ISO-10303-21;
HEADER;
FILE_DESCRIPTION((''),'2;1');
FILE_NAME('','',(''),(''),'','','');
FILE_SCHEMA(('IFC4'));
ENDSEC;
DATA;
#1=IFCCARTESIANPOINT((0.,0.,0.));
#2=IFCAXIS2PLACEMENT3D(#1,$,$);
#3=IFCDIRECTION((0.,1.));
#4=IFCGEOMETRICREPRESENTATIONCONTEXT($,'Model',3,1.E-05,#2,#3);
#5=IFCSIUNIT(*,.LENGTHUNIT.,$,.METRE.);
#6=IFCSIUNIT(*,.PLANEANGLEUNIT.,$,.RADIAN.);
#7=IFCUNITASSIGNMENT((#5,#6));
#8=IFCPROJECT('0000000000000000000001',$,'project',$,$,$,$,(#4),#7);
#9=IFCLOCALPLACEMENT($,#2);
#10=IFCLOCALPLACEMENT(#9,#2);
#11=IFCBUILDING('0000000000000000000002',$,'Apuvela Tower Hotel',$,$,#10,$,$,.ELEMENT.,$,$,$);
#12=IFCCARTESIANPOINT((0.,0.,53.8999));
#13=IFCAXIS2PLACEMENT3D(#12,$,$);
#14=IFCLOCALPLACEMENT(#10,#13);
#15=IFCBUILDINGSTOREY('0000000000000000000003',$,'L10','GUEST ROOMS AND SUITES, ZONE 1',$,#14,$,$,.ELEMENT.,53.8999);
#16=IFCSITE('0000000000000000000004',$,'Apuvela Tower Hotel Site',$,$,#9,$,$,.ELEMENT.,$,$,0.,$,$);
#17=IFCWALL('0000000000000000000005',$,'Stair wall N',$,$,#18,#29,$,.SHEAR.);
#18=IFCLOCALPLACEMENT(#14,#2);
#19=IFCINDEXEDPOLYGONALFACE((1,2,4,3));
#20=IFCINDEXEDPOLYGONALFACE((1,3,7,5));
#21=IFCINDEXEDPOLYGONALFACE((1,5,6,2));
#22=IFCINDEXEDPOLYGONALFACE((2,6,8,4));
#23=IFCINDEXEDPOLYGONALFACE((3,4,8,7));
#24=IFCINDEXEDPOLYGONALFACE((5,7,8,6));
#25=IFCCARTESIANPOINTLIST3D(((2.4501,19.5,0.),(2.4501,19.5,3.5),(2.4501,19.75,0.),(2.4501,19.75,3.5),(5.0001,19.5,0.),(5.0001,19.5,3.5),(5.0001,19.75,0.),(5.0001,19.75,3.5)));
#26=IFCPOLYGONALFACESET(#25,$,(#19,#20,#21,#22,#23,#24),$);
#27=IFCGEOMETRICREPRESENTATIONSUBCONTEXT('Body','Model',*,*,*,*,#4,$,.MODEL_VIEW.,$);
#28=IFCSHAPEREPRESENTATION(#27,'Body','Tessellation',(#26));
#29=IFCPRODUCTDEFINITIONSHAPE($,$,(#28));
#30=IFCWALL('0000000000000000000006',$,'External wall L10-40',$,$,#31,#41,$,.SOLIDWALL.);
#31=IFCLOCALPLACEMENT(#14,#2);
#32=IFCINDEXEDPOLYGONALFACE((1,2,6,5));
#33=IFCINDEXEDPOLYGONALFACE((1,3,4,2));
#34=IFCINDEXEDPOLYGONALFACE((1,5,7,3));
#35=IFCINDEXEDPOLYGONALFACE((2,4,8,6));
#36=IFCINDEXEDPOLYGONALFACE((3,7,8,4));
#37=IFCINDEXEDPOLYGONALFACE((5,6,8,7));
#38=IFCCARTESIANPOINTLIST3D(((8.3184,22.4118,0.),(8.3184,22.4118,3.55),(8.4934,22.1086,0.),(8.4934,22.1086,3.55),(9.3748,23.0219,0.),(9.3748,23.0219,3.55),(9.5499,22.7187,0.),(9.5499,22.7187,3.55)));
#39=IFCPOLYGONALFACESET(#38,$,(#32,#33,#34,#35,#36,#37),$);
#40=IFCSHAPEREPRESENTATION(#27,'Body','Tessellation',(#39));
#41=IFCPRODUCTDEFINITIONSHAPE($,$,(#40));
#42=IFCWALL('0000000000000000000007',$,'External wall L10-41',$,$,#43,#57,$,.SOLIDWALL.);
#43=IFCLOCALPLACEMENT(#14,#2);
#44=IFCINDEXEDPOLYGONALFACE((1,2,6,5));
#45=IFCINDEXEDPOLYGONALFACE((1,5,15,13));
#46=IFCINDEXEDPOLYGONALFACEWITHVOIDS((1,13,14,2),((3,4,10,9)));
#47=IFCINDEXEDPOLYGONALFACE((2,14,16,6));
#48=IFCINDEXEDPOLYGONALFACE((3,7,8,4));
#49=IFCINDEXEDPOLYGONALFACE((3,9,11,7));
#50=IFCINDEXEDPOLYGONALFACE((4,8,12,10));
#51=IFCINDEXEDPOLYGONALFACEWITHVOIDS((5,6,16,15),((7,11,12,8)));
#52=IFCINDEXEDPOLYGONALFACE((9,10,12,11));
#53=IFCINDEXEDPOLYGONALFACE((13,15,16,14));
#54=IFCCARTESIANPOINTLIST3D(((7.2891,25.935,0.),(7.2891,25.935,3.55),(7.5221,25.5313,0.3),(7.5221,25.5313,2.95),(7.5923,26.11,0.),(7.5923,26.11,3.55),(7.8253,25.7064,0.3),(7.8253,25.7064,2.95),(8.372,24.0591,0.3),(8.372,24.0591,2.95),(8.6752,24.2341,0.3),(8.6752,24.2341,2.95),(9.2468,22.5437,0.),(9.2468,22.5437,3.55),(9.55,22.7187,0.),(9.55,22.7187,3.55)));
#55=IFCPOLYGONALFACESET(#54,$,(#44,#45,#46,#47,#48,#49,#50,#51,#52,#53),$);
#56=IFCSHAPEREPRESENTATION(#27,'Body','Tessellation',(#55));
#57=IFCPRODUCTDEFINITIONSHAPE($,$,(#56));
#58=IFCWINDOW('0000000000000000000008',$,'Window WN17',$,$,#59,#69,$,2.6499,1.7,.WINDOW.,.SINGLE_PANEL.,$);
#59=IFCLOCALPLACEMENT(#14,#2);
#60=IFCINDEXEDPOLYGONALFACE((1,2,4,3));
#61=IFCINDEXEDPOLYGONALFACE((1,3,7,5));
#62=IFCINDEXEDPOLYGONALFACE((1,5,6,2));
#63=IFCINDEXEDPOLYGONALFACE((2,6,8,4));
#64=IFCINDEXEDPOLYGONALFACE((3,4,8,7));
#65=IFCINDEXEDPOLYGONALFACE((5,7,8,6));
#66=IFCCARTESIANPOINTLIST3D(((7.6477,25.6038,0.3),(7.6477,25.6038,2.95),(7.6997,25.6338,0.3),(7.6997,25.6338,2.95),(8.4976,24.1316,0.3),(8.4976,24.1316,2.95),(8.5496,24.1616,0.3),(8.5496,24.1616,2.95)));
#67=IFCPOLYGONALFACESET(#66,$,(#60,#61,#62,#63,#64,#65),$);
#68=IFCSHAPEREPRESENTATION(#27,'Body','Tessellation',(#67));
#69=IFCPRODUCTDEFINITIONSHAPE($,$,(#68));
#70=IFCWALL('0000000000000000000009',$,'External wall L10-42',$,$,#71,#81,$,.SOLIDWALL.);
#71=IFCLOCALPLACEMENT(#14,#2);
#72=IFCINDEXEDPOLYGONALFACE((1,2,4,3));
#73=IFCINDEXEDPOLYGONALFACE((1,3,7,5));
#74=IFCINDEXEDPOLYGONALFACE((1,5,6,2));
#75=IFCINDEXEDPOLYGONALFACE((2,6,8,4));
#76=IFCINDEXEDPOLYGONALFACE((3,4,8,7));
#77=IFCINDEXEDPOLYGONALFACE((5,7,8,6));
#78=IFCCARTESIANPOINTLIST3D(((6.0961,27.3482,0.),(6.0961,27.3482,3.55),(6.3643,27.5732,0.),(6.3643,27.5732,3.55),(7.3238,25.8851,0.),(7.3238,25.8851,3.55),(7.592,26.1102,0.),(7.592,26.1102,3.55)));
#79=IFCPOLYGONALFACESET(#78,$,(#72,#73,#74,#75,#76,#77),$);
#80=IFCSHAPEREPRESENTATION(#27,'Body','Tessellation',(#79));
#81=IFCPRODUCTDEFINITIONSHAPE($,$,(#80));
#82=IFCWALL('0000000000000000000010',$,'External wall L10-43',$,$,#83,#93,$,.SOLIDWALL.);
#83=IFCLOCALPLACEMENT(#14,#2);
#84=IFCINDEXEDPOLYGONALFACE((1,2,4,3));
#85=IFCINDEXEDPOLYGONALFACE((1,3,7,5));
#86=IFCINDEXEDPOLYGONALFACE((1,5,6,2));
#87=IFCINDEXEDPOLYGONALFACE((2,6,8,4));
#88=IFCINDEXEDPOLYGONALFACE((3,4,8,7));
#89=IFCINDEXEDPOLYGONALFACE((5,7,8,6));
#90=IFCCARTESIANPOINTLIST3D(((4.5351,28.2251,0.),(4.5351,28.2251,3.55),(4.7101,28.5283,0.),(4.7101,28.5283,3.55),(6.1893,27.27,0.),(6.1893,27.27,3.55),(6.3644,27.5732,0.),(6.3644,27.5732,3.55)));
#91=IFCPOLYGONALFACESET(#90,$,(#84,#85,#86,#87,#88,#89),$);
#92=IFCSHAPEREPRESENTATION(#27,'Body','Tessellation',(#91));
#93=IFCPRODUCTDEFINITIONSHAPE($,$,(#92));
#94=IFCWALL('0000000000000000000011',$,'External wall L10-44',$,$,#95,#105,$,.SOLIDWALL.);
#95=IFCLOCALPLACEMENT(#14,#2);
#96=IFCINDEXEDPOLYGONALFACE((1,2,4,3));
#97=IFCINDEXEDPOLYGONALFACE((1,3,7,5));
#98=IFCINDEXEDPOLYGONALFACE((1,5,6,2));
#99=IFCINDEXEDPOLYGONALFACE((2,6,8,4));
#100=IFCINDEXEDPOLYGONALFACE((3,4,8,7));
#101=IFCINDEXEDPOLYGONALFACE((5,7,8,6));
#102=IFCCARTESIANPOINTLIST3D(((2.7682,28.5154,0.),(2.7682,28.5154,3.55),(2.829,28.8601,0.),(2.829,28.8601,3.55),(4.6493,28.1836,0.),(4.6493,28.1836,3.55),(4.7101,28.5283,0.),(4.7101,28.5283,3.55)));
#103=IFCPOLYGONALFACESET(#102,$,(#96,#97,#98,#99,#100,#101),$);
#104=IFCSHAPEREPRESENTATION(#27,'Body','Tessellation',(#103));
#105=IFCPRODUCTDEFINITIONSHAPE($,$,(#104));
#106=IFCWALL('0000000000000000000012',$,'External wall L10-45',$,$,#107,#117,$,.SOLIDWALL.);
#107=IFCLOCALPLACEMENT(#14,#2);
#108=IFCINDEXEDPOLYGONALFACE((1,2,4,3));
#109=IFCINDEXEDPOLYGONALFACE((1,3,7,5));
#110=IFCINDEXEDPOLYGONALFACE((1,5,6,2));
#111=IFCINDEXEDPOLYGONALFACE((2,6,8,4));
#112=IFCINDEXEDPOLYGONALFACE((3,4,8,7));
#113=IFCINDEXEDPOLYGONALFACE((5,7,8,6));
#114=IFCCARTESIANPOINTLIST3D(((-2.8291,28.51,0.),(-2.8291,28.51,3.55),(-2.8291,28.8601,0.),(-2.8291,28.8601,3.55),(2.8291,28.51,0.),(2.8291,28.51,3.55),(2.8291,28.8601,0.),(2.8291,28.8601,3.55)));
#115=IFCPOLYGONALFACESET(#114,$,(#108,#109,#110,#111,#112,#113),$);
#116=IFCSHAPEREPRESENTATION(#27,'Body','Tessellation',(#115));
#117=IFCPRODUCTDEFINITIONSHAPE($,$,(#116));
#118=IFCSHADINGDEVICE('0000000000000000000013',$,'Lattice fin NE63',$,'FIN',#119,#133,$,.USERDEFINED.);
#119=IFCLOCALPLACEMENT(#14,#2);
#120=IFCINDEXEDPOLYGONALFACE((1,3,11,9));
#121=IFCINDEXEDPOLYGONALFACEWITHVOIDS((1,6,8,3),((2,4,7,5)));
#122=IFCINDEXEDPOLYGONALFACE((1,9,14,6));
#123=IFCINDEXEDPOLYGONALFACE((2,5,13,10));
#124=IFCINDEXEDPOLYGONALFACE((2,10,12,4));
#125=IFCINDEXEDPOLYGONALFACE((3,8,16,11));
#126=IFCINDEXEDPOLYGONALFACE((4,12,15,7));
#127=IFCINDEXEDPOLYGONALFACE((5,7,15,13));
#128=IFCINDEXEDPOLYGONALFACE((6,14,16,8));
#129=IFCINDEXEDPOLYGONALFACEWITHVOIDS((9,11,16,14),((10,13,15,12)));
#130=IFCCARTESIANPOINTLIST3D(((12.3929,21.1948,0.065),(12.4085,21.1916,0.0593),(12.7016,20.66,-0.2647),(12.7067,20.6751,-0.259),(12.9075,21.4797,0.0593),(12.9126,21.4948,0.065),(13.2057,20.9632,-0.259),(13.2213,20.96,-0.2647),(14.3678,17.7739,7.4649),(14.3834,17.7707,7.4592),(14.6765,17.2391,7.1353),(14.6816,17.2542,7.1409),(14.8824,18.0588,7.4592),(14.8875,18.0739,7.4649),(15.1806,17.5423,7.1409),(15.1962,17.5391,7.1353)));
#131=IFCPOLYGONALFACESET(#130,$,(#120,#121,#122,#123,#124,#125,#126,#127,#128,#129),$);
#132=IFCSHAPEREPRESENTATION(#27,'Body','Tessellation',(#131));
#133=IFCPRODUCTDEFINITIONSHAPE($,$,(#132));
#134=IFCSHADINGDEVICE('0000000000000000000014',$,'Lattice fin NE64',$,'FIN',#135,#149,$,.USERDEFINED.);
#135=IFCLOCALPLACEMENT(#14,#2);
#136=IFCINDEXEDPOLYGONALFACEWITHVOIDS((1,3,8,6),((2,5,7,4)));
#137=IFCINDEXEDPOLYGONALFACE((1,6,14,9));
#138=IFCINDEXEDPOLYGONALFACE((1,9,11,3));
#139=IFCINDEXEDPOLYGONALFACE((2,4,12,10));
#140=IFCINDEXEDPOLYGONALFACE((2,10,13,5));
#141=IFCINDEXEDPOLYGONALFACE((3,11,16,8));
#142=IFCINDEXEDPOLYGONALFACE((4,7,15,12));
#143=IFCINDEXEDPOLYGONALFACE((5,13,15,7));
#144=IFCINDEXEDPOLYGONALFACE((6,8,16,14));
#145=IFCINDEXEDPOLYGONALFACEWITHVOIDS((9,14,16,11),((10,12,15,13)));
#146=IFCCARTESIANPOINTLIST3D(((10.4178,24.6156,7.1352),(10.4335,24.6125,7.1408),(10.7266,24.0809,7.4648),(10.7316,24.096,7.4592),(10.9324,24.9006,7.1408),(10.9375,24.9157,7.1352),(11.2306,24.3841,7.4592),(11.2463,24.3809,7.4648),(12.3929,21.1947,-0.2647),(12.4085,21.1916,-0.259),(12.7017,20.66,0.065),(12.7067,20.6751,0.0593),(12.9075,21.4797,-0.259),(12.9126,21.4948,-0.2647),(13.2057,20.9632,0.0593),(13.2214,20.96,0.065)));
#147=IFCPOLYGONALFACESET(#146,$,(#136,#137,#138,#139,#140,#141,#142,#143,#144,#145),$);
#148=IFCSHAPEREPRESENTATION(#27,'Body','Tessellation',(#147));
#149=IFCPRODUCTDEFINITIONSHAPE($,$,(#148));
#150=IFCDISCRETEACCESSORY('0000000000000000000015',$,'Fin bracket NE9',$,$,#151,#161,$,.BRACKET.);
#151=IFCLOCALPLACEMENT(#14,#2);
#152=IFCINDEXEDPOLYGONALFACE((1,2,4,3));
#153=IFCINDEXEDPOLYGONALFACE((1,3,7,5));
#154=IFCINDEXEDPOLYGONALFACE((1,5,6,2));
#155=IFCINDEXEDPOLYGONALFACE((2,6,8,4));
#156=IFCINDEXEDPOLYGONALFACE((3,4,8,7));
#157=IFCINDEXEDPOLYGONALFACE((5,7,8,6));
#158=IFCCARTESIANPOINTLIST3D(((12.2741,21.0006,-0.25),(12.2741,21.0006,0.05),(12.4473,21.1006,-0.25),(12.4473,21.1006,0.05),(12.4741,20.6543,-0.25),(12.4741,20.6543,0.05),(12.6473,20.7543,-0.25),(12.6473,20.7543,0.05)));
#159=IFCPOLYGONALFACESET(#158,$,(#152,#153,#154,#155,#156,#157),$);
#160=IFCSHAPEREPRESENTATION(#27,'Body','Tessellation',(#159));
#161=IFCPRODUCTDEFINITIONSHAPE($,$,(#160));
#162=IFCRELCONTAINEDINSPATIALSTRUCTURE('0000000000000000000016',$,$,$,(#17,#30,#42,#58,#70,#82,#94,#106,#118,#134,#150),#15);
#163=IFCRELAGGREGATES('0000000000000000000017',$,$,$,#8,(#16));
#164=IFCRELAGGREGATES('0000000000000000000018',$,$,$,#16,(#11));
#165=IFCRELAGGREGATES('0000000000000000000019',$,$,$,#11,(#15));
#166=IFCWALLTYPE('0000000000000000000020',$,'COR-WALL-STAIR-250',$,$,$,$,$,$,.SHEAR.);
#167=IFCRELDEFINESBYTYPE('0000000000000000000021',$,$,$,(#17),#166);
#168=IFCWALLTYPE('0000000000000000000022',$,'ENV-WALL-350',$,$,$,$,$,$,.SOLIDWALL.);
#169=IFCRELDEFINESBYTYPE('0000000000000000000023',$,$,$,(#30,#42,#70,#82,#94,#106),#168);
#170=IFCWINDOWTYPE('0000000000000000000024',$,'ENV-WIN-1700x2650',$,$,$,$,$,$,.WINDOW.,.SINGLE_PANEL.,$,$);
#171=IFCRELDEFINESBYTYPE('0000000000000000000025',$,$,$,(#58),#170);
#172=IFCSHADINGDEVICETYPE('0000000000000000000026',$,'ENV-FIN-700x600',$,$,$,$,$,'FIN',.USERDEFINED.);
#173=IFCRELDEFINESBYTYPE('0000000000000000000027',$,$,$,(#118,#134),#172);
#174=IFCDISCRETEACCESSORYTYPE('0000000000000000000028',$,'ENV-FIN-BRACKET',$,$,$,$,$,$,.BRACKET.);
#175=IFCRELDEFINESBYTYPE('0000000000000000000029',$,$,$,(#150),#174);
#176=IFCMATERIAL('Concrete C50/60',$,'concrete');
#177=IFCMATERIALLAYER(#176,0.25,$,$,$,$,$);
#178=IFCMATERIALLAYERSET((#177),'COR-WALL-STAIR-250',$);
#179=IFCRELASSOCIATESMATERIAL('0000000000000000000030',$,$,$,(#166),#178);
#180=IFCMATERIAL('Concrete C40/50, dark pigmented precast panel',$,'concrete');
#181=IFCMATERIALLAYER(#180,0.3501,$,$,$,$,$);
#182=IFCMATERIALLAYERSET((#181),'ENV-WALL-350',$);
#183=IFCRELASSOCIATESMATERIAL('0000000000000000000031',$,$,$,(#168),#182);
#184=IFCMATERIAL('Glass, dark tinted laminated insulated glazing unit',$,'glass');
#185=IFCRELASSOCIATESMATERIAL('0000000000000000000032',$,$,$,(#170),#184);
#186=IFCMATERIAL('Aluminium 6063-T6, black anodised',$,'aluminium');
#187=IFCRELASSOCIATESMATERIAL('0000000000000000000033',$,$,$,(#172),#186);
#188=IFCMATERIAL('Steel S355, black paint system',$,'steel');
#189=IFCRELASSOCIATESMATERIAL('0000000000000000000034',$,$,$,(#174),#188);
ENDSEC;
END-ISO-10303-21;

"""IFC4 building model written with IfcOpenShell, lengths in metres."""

from ifc_helpers import new_model, si_unit, direction, frame, frame_2d, origin, origin_2d, place, context, subcontext, project, spatial, rectangle, hollow_rectangle, extrude, material, layer, layer_set, material_profile, profile_set, type_object, element, fill, save


model = new_model("IFC4")

# Units and contexts
model_context = context("Model", 3, precision=1e-05, world=origin(), true_north=direction((0.0, 1.0)))
body_context = subcontext(model_context, "Body", "Model", "MODEL_VIEW")
ifc_project = project(units=[si_unit("LENGTHUNIT", "METRE"), si_unit("PLANEANGLEUNIT", "RADIAN")], contexts=[model_context])

# Site, building, storey
site_placement = place(None, origin())
site = spatial("IfcSite", under=ifc_project, at=site_placement, Name="Apuvela Tower Hotel Site", CompositionType="ELEMENT", RefElevation=0.0)
building_placement = place(site_placement, origin())
building = spatial("IfcBuilding", under=site, at=building_placement, Name="Apuvela Tower Hotel", CompositionType="ELEMENT")
storey_placement = place(building_placement, frame((0.0, 0.0, 53.8999)))
storey = spatial("IfcBuildingStorey", under=building, at=storey_placement, Name="L10", Description="GUEST ROOMS AND SUITES, ZONE 1", CompositionType="ELEMENT", Elevation=53.8999)

# Walls
ifc_material_1 = material(Name="Concrete C50/60", Category="concrete")
ifc_layer_1 = layer(ifc_material_1, 0.25)
ifc_layer_set_1 = layer_set([ifc_layer_1], Name="COR-WALL-STAIR-250")
wall_type_1 = type_object("IfcWallType", Name="COR-WALL-STAIR-250", PredefinedType="SHEAR", material=ifc_layer_set_1)
wall_1_placement = place(storey_placement, frame((5.0, 19.625, 0.0), z_axis=(0.0, 0.0, 1.0), x_axis=(-1.0, 0.0, 0.0)))
element("IfcWall", 1, at=wall_1_placement, inside=storey, type_object=wall_type_1, Name="Stair wall N", PredefinedType="SHEAR", context=body_context, shape_type="SweptSolid", body=[
    extrude(rectangle(XDim=2.55, YDim=0.25, at=frame_2d((1.2749, 0.0))), origin(), (0.0, 0.0, 1.0), 3.5),
])
ifc_material_2 = material(Name="Concrete C40/50, dark pigmented precast panel", Category="concrete")
ifc_layer_2 = layer(ifc_material_2, 0.3501)
ifc_layer_set_2 = layer_set([ifc_layer_2], Name="ENV-WALL-350")
wall_type_2 = type_object("IfcWallType", Name="ENV-WALL-350", PredefinedType="SOLIDWALL", material=ifc_layer_set_2)
wall_2_placement = place(storey_placement, frame((8.406, 22.2603, 0.0), z_axis=(0.0, 0.0, 1.0), x_axis=(0.865956, 0.500121, 0.0)))
element("IfcWall", 2, at=wall_2_placement, inside=storey, type_object=wall_type_2, Name="External wall L10-40", PredefinedType="SOLIDWALL", context=body_context, shape_type="SweptSolid", body=[
    extrude(rectangle(XDim=1.22, YDim=0.3501, at=frame_2d((0.6099, 0.0))), origin(), (0.0, 0.0, 1.0), 3.55),
])

# Wall, opening, window
wall_3_placement = place(storey_placement, frame((9.3984, 22.6311, 0.0), z_axis=(0.0, 0.0, 1.0), x_axis=(-0.499955, 0.866052, 0.0)))
wall_3 = element("IfcWall", 3, at=wall_3_placement, inside=storey, type_object=wall_type_2, Name="External wall L10-41", PredefinedType="SOLIDWALL", context=body_context, shape_type="SweptSolid", body=[
    extrude(rectangle(XDim=3.9158, YDim=0.3501, at=frame_2d((1.958, 0.0))), origin(), (0.0, 0.0, 1.0), 3.55),
])
opening_placement = place(wall_3_placement, frame((1.7498, 0.0, 0.3)))
opening = element("IfcOpeningElement", 4, at=opening_placement, cuts=wall_3, PredefinedType="OPENING", context=body_context, shape_type="SweptSolid", body=[
    extrude(rectangle(XDim=1.7, YDim=2.6499, at=frame_2d((0.8501, 1.325))), frame((0.0, 0.1851, 0.0), z_axis=(0.0, -1.0, 0.0), x_axis=(1.0, 0.0, 0.0)), (0.0, 0.0, 1.0), 0.3701),
])
ifc_material_3 = material(Name="Glass, dark tinted laminated insulated glazing unit", Category="glass")
window_type = type_object("IfcWindowType", Name="ENV-WIN-1700x2650", PartitioningType="SINGLE_PANEL", PredefinedType="WINDOW", material=ifc_material_3)
window_placement = place(opening_placement, origin())
window = element("IfcWindow", 5, at=window_placement, inside=storey, type_object=window_type, Name="Window WN17", OverallHeight=2.6499, OverallWidth=1.7, PartitioningType="SINGLE_PANEL", PredefinedType="WINDOW", context=body_context, shape_type="SweptSolid", body=[
    extrude(rectangle(XDim=1.7, YDim=2.6499, at=frame_2d((0.8501, 1.325))), frame((0.0, 0.03, 0.0), z_axis=(0.0, -1.0, 0.0), x_axis=(1.0, 0.0, 0.0)), (0.0, 0.0, 1.0), 0.0601),
])
fill(opening, window)

# Walls
wall_4_placement = place(storey_placement, frame((7.458, 25.9976, 0.0), z_axis=(0.0, 0.0, 1.0), x_axis=(-0.642808, 0.766027, 0.0)))
element("IfcWall", 6, at=wall_4_placement, inside=storey, type_object=wall_type_2, Name="External wall L10-42", PredefinedType="SOLIDWALL", context=body_context, shape_type="SweptSolid", body=[
    extrude(rectangle(XDim=1.9099, YDim=0.3501, at=frame_2d((0.9551, 0.0))), origin(), (0.0, 0.0, 1.0), 3.55),
])
for number, where, z_axis, x_axis, name in (
    (7, (6.2769, 27.4216, 0.0), (0.0, 0.0, 1.0), (-0.866032, 0.499988, 0.0), "External wall L10-43"),
    (8, (4.6797, 28.356, 0.0), (0.0, 0.0, 1.0), (-0.984799, 0.173698, 0.0), "External wall L10-44"),
):
    element("IfcWall", number, at=place(storey_placement, frame(where, z_axis=z_axis, x_axis=x_axis)), inside=storey, type_object=wall_type_2, Name=name, PredefinedType="SOLIDWALL", context=body_context, shape_type="SweptSolid", body=[
        extrude(rectangle(XDim=1.9102, YDim=0.3501, at=frame_2d((0.9551, 0.0))), origin(), (0.0, 0.0, 1.0), 3.55),
    ])
wall_5_placement = place(storey_placement, frame((2.8291, 28.6851, 0.0), z_axis=(0.0, 0.0, 1.0), x_axis=(-1.0, 0.0, 0.0)))
element("IfcWall", 9, at=wall_5_placement, inside=storey, type_object=wall_type_2, Name="External wall L10-45", PredefinedType="SOLIDWALL", context=body_context, shape_type="SweptSolid", body=[
    extrude(rectangle(XDim=5.6582, YDim=0.3501, at=frame_2d((2.8291, 0.0))), origin(), (0.0, 0.0, 1.0), 3.55),
])

# Shading devices
ifc_material_4 = material(Name="Aluminium 6063-T6, black anodised", Category="aluminium")
ifc_material_profile_1 = material_profile(ifc_material_4, hollow_rectangle(XDim=0.6001, YDim=0.7, WallThickness=0.012, at=origin_2d()), Name="AL BOX 700x600x12")
ifc_profile_set_1 = profile_set([ifc_material_profile_1], Name="Aluminium 6063-T6, black anodised")
shading_device_type = type_object("IfcShadingDeviceType", Name="ENV-FIN-700x600", ElementType="FIN", PredefinedType="USERDEFINED", material=ifc_profile_set_1)
for number, where, z_axis, x_axis, name in (
    (10, (12.8071, 21.0774, -0.0999), (0.235434, -0.407825, 0.882185), (0.866048, 0.499961, 0.0), "Lattice fin NE63"),
    (11, (12.8071, 21.0774, -0.0999), (-0.235461, 0.407822, 0.882179), (-0.866021, -0.500008, 0.0), "Lattice fin NE64"),
):
    element("IfcShadingDevice", number, at=place(storey_placement, frame(where, z_axis=z_axis, x_axis=x_axis)), inside=storey, type_object=shading_device_type, Name=name, ObjectType="FIN", PredefinedType="USERDEFINED", context=body_context, shape_type="SweptSolid", body=[
        extrude(hollow_rectangle(XDim=0.6001, YDim=0.7, WallThickness=0.012, at=origin_2d()), origin(), (0.0, 0.0, 1.0), 8.3882),
    ])

# Discrete accessory
ifc_material_5 = material(Name="Steel S355, black paint system", Category="steel")
discrete_accessory_type = type_object("IfcDiscreteAccessoryType", Name="ENV-FIN-BRACKET", PredefinedType="BRACKET", material=ifc_material_5)
discrete_accessory_placement = place(storey_placement, frame((12.4607, 20.8774, -0.25), z_axis=(0.0, 0.0, 1.0), x_axis=(-0.5, 0.866025, 0.0)))
element("IfcDiscreteAccessory", 12, at=discrete_accessory_placement, inside=storey, type_object=discrete_accessory_type, Name="Fin bracket NE9", PredefinedType="BRACKET", context=body_context, shape_type="SweptSolid", body=[
    extrude(rectangle(XDim=0.3999, YDim=0.2, at=origin_2d()), origin(), (0.0, 0.0, 1.0), 0.3),
])

save(model, "model.ifc")
